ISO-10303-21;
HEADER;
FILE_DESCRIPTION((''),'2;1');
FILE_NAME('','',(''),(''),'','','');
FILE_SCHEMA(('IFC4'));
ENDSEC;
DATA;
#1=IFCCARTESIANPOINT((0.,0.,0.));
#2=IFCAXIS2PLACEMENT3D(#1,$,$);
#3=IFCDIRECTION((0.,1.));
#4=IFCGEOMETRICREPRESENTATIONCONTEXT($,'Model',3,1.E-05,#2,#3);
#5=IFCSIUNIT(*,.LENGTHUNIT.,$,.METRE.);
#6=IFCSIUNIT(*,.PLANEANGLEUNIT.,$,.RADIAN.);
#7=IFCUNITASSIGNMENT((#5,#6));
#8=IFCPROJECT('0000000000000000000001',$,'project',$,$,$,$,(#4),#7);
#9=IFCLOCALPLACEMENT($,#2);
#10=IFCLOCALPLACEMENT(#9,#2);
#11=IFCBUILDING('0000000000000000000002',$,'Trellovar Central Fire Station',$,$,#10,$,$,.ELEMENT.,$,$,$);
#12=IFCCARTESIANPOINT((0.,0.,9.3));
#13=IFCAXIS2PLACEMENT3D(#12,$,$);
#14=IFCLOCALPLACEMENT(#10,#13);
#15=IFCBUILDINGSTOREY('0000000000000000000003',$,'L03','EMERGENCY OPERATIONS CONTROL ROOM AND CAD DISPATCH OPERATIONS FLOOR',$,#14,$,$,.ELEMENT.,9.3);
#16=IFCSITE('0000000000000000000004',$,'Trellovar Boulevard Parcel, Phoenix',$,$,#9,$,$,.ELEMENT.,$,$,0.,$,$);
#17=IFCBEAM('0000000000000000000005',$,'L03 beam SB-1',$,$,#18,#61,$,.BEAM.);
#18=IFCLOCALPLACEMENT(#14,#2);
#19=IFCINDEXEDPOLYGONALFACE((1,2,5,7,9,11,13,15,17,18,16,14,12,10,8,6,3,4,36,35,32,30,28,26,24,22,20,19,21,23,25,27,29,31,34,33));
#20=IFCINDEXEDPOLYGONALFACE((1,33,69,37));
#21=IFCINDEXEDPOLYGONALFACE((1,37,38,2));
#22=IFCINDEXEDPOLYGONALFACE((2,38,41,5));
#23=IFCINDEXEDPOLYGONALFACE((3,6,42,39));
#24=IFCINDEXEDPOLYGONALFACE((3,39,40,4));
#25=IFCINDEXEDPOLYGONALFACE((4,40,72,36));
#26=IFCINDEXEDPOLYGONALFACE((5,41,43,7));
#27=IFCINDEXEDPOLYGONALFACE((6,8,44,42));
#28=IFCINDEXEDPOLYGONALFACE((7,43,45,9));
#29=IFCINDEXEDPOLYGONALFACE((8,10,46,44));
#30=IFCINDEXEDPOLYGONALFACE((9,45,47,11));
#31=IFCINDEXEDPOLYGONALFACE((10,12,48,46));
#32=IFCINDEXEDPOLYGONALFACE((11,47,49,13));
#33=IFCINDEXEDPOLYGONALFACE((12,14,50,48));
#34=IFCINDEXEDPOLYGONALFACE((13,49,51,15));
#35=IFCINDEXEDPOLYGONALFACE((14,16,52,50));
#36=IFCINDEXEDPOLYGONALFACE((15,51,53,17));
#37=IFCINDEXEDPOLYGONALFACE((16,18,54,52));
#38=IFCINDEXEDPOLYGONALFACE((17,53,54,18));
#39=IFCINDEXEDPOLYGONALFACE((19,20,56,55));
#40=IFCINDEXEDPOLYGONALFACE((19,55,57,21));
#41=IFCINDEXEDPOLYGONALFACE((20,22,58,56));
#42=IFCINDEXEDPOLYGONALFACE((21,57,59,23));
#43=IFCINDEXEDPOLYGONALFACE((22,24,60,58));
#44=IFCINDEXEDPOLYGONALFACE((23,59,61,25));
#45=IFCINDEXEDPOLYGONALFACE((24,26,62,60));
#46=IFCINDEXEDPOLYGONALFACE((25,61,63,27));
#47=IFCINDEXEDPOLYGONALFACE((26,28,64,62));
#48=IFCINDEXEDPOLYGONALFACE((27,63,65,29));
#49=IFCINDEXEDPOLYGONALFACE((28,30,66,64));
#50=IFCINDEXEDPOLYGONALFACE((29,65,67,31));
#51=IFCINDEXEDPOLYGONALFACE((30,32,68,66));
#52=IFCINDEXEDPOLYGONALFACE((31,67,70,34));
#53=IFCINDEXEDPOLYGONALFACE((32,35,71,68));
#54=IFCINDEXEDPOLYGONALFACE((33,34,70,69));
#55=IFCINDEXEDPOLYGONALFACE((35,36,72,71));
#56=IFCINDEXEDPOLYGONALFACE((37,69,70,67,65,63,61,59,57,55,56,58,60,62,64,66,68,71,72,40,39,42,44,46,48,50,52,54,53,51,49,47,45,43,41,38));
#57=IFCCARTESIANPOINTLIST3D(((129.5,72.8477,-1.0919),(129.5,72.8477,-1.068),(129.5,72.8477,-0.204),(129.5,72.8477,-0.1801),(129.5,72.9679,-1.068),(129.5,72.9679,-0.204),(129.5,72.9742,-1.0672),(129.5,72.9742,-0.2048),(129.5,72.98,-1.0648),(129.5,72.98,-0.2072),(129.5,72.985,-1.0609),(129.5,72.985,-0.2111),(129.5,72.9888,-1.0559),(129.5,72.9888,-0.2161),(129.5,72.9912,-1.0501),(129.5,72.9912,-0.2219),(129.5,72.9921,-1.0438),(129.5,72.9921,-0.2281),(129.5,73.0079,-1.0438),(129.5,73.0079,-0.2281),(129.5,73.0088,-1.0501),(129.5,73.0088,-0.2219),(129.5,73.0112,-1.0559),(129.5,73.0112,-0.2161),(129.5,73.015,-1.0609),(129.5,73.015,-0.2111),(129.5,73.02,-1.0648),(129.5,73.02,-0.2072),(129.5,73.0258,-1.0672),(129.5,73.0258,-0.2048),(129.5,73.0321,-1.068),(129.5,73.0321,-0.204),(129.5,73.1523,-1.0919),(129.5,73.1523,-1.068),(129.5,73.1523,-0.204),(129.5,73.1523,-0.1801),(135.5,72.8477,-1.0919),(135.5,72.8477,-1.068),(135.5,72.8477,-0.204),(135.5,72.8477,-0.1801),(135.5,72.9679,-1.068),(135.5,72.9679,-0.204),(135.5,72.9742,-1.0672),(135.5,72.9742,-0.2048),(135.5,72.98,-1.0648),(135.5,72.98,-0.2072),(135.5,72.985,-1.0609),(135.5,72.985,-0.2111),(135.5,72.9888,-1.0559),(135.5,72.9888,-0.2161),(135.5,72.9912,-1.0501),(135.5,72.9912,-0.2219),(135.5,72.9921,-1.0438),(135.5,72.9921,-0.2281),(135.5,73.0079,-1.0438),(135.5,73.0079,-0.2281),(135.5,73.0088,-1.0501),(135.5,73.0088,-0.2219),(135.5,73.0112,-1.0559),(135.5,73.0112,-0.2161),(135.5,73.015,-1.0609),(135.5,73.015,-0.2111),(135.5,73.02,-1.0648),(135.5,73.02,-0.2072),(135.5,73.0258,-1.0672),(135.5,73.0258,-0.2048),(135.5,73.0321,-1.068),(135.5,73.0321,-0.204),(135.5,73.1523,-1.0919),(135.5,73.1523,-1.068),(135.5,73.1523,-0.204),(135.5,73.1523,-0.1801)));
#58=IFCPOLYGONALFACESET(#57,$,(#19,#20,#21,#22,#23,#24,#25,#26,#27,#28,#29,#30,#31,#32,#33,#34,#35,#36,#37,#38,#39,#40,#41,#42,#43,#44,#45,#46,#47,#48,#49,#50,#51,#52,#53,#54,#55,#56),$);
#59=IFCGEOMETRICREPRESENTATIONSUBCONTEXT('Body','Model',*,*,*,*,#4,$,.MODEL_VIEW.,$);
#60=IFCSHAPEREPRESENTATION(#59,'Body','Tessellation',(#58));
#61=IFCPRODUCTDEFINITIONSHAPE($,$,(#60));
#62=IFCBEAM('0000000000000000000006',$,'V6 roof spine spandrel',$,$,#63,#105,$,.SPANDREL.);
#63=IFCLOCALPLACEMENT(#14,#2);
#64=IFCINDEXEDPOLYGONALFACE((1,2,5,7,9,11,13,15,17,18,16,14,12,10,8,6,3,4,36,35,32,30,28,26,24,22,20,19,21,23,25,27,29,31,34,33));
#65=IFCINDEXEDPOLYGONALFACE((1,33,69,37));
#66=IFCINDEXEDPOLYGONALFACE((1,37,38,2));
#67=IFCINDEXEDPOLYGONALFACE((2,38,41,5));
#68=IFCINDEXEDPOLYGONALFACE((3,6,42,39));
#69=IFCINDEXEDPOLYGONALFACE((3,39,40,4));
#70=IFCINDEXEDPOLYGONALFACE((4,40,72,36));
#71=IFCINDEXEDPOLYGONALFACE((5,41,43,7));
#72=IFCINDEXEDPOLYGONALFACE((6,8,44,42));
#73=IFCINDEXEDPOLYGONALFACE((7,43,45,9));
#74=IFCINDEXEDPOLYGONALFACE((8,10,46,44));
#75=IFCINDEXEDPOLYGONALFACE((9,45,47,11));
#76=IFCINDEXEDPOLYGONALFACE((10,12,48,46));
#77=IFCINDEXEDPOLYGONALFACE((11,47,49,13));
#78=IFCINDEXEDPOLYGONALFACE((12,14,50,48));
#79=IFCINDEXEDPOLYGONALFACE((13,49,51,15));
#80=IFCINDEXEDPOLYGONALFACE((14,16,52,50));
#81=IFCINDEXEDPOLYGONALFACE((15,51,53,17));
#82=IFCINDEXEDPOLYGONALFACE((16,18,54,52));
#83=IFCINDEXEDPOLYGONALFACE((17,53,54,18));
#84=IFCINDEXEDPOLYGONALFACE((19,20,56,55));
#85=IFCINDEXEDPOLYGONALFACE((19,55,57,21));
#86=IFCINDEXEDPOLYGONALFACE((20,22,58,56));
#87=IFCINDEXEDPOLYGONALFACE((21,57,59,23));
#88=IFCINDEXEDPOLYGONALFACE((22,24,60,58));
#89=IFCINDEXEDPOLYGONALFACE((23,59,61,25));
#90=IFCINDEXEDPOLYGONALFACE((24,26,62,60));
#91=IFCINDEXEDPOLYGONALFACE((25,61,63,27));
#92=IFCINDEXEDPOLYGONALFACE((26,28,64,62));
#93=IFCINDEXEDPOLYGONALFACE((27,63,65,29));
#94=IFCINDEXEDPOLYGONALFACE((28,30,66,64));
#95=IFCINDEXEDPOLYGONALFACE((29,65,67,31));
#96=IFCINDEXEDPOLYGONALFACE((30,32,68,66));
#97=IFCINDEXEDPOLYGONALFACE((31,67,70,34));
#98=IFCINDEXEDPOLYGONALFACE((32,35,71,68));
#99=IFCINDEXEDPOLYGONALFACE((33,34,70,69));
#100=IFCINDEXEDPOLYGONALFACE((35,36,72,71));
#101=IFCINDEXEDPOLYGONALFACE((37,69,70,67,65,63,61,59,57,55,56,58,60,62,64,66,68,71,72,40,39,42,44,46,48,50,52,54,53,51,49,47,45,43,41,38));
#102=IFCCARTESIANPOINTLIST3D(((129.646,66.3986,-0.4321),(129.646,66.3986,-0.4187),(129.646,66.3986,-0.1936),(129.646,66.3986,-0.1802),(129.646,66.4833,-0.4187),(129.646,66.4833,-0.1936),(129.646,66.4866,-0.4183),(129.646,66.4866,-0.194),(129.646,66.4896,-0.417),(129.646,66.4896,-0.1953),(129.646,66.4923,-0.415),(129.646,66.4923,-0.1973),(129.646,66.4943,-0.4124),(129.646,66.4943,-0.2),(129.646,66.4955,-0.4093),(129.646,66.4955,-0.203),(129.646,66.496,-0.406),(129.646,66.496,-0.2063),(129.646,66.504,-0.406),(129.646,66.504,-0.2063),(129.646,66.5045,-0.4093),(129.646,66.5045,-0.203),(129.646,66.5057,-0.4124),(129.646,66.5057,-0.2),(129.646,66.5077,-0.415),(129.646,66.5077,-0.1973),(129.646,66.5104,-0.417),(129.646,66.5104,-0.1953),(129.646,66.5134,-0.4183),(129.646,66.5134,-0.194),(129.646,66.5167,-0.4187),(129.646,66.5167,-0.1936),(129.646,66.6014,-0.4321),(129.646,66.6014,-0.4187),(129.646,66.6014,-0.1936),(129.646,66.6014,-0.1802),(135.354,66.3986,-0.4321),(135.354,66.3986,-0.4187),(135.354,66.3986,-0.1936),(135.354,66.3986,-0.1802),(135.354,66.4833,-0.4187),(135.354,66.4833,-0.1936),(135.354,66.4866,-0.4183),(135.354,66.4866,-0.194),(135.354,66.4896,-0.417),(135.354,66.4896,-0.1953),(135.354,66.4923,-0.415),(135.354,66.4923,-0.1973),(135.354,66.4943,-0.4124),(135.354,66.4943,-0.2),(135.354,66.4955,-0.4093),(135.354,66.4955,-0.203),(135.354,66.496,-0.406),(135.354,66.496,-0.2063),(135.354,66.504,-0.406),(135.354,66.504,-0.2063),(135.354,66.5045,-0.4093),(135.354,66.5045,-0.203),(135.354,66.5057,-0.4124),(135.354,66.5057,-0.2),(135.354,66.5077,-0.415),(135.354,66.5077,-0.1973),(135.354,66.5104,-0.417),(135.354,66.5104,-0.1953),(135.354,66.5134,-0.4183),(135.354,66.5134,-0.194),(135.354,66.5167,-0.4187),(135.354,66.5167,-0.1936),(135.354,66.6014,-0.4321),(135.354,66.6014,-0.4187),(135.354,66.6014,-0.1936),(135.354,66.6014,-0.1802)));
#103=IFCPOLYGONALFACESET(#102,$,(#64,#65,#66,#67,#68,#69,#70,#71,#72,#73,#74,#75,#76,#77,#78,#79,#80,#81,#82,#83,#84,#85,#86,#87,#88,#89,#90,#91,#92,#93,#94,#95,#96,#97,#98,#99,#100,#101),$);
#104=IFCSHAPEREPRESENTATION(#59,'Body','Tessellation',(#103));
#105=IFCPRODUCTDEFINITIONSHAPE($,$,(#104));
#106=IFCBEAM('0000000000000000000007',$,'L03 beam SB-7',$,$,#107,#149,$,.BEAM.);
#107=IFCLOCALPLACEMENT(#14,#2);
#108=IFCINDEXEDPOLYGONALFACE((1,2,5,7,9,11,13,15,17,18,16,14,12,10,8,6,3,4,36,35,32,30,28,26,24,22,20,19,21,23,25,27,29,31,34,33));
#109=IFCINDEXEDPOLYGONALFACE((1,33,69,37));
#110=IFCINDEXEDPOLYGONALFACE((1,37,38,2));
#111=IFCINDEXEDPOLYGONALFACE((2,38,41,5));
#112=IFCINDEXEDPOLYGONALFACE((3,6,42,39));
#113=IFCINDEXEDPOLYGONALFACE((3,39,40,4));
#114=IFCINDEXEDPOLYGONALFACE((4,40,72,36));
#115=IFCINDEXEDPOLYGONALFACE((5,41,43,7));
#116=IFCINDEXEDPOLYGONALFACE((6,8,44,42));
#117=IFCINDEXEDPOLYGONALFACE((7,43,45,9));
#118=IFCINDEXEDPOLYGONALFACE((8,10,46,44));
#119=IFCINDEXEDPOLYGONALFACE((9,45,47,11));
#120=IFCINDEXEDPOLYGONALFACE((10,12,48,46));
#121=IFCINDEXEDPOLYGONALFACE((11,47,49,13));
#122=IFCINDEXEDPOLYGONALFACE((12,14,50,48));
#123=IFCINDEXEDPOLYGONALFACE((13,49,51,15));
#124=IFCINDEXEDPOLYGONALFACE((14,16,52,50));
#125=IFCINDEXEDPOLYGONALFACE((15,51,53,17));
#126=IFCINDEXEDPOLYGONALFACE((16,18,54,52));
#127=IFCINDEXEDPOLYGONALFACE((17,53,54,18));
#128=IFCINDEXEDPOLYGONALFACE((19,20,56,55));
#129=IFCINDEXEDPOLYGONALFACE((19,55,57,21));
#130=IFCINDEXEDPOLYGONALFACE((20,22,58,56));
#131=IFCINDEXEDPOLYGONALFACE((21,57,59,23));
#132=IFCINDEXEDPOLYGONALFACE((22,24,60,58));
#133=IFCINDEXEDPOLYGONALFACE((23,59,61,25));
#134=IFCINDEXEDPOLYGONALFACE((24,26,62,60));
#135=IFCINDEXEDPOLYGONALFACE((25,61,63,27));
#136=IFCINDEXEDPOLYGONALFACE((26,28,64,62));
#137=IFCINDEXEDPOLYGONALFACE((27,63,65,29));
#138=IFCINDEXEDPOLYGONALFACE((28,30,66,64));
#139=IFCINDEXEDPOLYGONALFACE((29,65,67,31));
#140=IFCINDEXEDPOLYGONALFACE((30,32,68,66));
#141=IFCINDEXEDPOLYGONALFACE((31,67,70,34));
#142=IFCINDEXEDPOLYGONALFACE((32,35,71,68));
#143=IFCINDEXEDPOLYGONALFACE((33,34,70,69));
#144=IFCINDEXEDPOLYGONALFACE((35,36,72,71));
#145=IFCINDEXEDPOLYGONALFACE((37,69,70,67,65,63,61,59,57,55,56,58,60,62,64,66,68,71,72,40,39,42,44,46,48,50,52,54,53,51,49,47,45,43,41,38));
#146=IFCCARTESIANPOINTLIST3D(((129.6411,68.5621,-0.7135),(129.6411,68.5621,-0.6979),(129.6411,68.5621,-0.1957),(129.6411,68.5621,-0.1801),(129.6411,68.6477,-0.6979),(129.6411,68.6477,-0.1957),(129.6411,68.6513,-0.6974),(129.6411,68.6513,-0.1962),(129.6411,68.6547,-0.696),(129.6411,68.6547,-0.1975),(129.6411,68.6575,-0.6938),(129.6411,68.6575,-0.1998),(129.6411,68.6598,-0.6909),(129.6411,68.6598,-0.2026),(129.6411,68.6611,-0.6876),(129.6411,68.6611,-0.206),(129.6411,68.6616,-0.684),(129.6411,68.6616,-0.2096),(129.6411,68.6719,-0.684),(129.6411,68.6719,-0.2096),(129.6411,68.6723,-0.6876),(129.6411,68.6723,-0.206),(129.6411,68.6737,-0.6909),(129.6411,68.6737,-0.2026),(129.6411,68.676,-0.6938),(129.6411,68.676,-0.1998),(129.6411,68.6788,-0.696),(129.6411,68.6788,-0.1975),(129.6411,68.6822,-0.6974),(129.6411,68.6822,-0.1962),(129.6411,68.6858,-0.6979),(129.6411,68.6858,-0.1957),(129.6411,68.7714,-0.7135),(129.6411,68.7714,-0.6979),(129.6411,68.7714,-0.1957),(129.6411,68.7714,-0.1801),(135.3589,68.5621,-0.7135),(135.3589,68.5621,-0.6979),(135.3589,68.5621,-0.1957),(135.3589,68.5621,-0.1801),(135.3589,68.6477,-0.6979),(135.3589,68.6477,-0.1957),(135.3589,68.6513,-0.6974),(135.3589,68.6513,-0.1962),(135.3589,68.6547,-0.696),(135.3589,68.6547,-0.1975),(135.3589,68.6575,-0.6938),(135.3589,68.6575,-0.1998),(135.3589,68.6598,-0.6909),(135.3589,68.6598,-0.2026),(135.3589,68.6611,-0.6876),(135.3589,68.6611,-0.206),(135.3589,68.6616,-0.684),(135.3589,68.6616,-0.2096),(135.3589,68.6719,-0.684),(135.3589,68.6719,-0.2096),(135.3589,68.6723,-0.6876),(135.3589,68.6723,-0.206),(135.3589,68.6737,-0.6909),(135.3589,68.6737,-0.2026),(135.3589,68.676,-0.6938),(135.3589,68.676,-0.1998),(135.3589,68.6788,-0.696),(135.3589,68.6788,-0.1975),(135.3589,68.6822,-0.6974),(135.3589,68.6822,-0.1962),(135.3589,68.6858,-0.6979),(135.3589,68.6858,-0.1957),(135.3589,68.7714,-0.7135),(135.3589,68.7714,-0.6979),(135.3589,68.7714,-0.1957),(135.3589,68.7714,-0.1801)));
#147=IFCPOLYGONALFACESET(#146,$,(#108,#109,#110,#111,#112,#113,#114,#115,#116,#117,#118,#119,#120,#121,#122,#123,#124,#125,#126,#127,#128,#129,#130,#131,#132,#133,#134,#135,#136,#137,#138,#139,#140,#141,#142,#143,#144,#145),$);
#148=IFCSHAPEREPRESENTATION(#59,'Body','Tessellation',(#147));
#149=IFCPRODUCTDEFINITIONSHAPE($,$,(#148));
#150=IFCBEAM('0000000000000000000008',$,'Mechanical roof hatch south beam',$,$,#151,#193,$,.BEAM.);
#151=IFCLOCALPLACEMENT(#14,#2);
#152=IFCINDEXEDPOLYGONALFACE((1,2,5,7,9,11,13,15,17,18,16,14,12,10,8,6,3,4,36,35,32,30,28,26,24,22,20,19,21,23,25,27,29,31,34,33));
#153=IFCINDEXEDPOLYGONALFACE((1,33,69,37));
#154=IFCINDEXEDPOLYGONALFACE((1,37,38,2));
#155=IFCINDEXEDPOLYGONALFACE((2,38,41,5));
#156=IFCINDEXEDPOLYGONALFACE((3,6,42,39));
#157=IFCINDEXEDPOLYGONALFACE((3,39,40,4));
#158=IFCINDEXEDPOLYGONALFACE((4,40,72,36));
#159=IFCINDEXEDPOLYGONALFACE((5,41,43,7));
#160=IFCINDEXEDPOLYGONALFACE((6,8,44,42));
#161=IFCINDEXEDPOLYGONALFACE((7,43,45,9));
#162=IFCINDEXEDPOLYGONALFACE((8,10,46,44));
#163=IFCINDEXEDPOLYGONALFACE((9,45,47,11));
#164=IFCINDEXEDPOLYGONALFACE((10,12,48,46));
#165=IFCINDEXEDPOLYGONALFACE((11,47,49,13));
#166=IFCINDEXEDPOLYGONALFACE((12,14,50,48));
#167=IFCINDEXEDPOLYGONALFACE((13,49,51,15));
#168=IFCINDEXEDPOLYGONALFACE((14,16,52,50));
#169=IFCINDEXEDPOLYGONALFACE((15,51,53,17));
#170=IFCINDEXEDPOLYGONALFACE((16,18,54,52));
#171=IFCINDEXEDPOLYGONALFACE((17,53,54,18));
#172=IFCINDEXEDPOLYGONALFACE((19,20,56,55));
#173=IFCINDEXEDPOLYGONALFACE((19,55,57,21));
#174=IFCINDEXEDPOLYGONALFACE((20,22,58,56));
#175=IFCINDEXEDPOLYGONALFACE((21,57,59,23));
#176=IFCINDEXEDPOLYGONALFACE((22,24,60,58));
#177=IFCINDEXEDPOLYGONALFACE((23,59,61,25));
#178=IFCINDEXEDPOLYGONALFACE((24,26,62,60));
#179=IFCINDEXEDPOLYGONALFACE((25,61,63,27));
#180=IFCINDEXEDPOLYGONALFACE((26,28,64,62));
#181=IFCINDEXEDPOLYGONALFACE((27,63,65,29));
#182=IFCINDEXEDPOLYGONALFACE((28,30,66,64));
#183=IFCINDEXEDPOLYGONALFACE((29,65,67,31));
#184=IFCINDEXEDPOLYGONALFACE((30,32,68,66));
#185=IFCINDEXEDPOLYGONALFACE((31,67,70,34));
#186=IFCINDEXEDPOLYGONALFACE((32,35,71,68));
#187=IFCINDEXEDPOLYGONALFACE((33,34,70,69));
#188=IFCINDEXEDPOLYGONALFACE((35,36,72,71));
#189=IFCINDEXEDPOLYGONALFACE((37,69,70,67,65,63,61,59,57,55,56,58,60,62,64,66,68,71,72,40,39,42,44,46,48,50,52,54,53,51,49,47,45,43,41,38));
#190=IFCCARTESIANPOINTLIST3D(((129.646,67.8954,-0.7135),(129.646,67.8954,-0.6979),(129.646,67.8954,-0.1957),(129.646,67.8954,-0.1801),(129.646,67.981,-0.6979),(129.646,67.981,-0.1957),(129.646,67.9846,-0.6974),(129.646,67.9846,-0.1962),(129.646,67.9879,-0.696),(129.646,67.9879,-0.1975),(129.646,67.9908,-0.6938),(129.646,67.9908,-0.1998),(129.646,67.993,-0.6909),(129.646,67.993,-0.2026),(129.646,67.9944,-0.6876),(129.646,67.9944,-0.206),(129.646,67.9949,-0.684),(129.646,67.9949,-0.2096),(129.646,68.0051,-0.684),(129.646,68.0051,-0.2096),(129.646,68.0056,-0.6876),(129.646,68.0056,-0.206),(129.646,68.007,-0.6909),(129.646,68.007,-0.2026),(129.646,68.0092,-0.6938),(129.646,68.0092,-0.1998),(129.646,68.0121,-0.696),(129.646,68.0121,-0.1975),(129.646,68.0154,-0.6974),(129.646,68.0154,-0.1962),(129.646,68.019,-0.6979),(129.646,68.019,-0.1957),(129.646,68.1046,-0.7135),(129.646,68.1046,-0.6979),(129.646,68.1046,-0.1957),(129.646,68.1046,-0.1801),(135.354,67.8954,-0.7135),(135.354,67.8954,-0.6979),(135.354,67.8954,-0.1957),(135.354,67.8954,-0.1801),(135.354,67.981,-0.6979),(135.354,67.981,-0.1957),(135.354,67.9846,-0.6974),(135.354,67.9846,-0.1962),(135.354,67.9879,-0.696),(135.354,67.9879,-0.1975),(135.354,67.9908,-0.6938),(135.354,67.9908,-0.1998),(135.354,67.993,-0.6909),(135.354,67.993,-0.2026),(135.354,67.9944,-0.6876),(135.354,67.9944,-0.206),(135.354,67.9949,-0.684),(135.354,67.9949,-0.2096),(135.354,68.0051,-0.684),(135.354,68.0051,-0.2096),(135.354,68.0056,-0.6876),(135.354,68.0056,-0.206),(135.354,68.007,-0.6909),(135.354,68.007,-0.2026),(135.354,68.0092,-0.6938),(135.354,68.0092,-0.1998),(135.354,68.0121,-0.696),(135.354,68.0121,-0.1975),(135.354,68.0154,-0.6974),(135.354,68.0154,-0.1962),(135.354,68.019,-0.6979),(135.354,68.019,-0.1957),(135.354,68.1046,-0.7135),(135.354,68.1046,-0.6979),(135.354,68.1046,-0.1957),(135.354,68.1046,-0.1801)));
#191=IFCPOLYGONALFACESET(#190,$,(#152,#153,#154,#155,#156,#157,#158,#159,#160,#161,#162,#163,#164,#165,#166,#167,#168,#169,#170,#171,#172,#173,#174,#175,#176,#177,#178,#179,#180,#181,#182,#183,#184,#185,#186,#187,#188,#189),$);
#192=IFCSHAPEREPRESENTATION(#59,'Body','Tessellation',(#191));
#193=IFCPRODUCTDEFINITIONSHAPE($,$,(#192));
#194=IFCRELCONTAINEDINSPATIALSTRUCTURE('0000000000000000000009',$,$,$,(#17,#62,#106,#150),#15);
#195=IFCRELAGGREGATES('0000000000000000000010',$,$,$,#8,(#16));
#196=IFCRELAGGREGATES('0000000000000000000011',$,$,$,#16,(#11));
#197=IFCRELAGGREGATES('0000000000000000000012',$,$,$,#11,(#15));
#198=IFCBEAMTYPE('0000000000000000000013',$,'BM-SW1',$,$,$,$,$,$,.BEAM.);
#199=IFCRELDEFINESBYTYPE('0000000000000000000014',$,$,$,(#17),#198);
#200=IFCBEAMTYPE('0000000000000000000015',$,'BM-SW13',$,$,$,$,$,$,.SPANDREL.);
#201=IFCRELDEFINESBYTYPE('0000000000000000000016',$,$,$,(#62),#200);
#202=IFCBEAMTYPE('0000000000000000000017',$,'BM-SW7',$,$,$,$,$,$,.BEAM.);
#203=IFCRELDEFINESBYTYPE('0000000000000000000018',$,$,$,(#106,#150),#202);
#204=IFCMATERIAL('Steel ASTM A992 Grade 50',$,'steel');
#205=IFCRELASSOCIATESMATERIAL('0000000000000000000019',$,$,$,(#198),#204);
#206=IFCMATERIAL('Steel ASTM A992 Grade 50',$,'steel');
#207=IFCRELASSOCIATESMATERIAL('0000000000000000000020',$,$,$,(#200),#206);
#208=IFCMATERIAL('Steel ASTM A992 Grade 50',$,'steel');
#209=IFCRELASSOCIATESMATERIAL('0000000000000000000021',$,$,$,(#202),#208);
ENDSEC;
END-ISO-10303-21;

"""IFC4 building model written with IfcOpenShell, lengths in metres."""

from ifc_helpers import new_model, si_unit, direction, frame, origin, origin_2d, place, context, subcontext, project, spatial, i_section, extrude, material, material_profile, profile_set, type_object, element, save


model = new_model("IFC4")

# Units and contexts
model_context = context("Model", 3, precision=1e-05, world=origin(), true_north=direction((0.0, 1.0)))
body_context = subcontext(model_context, "Body", "Model", "MODEL_VIEW")
ifc_project = project(units=[si_unit("LENGTHUNIT", "METRE"), si_unit("PLANEANGLEUNIT", "RADIAN")], contexts=[model_context])

# Site, building, storey
site_placement = place(None, origin())
site = spatial("IfcSite", under=ifc_project, at=site_placement, Name="Trellovar Boulevard Parcel, Phoenix", CompositionType="ELEMENT", RefElevation=0.0)
building_placement = place(site_placement, origin())
building = spatial("IfcBuilding", under=site, at=building_placement, Name="Trellovar Central Fire Station", CompositionType="ELEMENT")
storey_placement = place(building_placement, frame((0.0, 0.0, 9.3)))
storey = spatial("IfcBuildingStorey", under=building, at=storey_placement, Name="L03", Description="EMERGENCY OPERATIONS CONTROL ROOM AND CAD DISPATCH OPERATIONS FLOOR", CompositionType="ELEMENT", Elevation=9.3)

# Beams
ifc_material_1 = material(Name="Steel ASTM A992 Grade 50", Category="steel")
ifc_material_profile_1 = material_profile(ifc_material_1, i_section(OverallWidth=0.3047, OverallDepth=0.9119, WebThickness=0.0159, FlangeThickness=0.0239, FilletRadius=0.0242, at=origin_2d()), Name="W36X150")
ifc_profile_set_1 = profile_set([ifc_material_profile_1], Name="Steel ASTM A992 Grade 50")
beam_type_1 = type_object("IfcBeamType", Name="BM-SW1", PredefinedType="BEAM", material=ifc_profile_set_1)
beam_1_placement = place(storey_placement, frame((129.5, 73.0, -0.636), z_axis=(1.0, 0.0, 0.0), x_axis=(0.0, 1.0, 0.0)))
element("IfcBeam", 1, at=beam_1_placement, inside=storey, type_object=beam_type_1, Name="L03 beam SB-1", PredefinedType="BEAM", context=body_context, shape_type="SweptSolid", body=[
    extrude(i_section(OverallWidth=0.3047, OverallDepth=0.9119, WebThickness=0.0159, FlangeThickness=0.0239, FilletRadius=0.0242, at=origin_2d()), origin(), (0.0, 0.0, 1.0), 6.0),
])
ifc_material_2 = material(Name="Steel ASTM A992 Grade 50", Category="steel")
ifc_material_profile_2 = material_profile(ifc_material_2, i_section(OverallWidth=0.2029, OverallDepth=0.252, WebThickness=0.0081, FlangeThickness=0.0134, FilletRadius=0.0127, at=origin_2d()), Name="W10X39")
ifc_profile_set_2 = profile_set([ifc_material_profile_2], Name="Steel ASTM A992 Grade 50")
beam_type_2 = type_object("IfcBeamType", Name="BM-SW13", PredefinedType="SPANDREL", material=ifc_profile_set_2)
beam_2_placement = place(storey_placement, frame((129.646, 66.5, -0.3062), z_axis=(1.0, 0.0, 0.0), x_axis=(0.0, 1.0, 0.0)))
element("IfcBeam", 2, at=beam_2_placement, inside=storey, type_object=beam_type_2, Name="V6 roof spine spandrel", PredefinedType="SPANDREL", context=body_context, shape_type="SweptSolid", body=[
    extrude(i_section(OverallWidth=0.2029, OverallDepth=0.252, WebThickness=0.0081, FlangeThickness=0.0134, FilletRadius=0.0127, at=origin_2d()), origin(), (0.0, 0.0, 1.0), 5.708),
])
ifc_material_3 = material(Name="Steel ASTM A992 Grade 50", Category="steel")
ifc_material_profile_3 = material_profile(ifc_material_3, i_section(OverallWidth=0.2092, OverallDepth=0.5334, WebThickness=0.0103, FlangeThickness=0.0156, FilletRadius=0.0139, at=origin_2d()), Name="W21X62")
ifc_profile_set_3 = profile_set([ifc_material_profile_3], Name="Steel ASTM A992 Grade 50")
beam_type_3 = type_object("IfcBeamType", Name="BM-SW7", PredefinedType="BEAM", material=ifc_profile_set_3)
beam_3_placement = place(storey_placement, frame((129.6411, 68.6667, -0.4468), z_axis=(1.0, 0.0, 0.0), x_axis=(0.0, 1.0, 0.0)))
element("IfcBeam", 3, at=beam_3_placement, inside=storey, type_object=beam_type_3, Name="L03 beam SB-7", PredefinedType="BEAM", context=body_context, shape_type="SweptSolid", body=[
    extrude(i_section(OverallWidth=0.2092, OverallDepth=0.5334, WebThickness=0.0103, FlangeThickness=0.0156, FilletRadius=0.0139, at=origin_2d()), origin(), (0.0, 0.0, 1.0), 5.7178),
])
beam_4_placement = place(storey_placement, frame((129.646, 68.0, -0.4468), z_axis=(1.0, 0.0, 0.0), x_axis=(0.0, 1.0, 0.0)))
element("IfcBeam", 4, at=beam_4_placement, inside=storey, type_object=beam_type_3, Name="Mechanical roof hatch south beam", PredefinedType="BEAM", context=body_context, shape_type="SweptSolid", body=[
    extrude(i_section(OverallWidth=0.2092, OverallDepth=0.5334, WebThickness=0.0103, FlangeThickness=0.0156, FilletRadius=0.0139, at=origin_2d()), origin(), (0.0, 0.0, 1.0), 5.708),
])

save(model, "model.ifc")
